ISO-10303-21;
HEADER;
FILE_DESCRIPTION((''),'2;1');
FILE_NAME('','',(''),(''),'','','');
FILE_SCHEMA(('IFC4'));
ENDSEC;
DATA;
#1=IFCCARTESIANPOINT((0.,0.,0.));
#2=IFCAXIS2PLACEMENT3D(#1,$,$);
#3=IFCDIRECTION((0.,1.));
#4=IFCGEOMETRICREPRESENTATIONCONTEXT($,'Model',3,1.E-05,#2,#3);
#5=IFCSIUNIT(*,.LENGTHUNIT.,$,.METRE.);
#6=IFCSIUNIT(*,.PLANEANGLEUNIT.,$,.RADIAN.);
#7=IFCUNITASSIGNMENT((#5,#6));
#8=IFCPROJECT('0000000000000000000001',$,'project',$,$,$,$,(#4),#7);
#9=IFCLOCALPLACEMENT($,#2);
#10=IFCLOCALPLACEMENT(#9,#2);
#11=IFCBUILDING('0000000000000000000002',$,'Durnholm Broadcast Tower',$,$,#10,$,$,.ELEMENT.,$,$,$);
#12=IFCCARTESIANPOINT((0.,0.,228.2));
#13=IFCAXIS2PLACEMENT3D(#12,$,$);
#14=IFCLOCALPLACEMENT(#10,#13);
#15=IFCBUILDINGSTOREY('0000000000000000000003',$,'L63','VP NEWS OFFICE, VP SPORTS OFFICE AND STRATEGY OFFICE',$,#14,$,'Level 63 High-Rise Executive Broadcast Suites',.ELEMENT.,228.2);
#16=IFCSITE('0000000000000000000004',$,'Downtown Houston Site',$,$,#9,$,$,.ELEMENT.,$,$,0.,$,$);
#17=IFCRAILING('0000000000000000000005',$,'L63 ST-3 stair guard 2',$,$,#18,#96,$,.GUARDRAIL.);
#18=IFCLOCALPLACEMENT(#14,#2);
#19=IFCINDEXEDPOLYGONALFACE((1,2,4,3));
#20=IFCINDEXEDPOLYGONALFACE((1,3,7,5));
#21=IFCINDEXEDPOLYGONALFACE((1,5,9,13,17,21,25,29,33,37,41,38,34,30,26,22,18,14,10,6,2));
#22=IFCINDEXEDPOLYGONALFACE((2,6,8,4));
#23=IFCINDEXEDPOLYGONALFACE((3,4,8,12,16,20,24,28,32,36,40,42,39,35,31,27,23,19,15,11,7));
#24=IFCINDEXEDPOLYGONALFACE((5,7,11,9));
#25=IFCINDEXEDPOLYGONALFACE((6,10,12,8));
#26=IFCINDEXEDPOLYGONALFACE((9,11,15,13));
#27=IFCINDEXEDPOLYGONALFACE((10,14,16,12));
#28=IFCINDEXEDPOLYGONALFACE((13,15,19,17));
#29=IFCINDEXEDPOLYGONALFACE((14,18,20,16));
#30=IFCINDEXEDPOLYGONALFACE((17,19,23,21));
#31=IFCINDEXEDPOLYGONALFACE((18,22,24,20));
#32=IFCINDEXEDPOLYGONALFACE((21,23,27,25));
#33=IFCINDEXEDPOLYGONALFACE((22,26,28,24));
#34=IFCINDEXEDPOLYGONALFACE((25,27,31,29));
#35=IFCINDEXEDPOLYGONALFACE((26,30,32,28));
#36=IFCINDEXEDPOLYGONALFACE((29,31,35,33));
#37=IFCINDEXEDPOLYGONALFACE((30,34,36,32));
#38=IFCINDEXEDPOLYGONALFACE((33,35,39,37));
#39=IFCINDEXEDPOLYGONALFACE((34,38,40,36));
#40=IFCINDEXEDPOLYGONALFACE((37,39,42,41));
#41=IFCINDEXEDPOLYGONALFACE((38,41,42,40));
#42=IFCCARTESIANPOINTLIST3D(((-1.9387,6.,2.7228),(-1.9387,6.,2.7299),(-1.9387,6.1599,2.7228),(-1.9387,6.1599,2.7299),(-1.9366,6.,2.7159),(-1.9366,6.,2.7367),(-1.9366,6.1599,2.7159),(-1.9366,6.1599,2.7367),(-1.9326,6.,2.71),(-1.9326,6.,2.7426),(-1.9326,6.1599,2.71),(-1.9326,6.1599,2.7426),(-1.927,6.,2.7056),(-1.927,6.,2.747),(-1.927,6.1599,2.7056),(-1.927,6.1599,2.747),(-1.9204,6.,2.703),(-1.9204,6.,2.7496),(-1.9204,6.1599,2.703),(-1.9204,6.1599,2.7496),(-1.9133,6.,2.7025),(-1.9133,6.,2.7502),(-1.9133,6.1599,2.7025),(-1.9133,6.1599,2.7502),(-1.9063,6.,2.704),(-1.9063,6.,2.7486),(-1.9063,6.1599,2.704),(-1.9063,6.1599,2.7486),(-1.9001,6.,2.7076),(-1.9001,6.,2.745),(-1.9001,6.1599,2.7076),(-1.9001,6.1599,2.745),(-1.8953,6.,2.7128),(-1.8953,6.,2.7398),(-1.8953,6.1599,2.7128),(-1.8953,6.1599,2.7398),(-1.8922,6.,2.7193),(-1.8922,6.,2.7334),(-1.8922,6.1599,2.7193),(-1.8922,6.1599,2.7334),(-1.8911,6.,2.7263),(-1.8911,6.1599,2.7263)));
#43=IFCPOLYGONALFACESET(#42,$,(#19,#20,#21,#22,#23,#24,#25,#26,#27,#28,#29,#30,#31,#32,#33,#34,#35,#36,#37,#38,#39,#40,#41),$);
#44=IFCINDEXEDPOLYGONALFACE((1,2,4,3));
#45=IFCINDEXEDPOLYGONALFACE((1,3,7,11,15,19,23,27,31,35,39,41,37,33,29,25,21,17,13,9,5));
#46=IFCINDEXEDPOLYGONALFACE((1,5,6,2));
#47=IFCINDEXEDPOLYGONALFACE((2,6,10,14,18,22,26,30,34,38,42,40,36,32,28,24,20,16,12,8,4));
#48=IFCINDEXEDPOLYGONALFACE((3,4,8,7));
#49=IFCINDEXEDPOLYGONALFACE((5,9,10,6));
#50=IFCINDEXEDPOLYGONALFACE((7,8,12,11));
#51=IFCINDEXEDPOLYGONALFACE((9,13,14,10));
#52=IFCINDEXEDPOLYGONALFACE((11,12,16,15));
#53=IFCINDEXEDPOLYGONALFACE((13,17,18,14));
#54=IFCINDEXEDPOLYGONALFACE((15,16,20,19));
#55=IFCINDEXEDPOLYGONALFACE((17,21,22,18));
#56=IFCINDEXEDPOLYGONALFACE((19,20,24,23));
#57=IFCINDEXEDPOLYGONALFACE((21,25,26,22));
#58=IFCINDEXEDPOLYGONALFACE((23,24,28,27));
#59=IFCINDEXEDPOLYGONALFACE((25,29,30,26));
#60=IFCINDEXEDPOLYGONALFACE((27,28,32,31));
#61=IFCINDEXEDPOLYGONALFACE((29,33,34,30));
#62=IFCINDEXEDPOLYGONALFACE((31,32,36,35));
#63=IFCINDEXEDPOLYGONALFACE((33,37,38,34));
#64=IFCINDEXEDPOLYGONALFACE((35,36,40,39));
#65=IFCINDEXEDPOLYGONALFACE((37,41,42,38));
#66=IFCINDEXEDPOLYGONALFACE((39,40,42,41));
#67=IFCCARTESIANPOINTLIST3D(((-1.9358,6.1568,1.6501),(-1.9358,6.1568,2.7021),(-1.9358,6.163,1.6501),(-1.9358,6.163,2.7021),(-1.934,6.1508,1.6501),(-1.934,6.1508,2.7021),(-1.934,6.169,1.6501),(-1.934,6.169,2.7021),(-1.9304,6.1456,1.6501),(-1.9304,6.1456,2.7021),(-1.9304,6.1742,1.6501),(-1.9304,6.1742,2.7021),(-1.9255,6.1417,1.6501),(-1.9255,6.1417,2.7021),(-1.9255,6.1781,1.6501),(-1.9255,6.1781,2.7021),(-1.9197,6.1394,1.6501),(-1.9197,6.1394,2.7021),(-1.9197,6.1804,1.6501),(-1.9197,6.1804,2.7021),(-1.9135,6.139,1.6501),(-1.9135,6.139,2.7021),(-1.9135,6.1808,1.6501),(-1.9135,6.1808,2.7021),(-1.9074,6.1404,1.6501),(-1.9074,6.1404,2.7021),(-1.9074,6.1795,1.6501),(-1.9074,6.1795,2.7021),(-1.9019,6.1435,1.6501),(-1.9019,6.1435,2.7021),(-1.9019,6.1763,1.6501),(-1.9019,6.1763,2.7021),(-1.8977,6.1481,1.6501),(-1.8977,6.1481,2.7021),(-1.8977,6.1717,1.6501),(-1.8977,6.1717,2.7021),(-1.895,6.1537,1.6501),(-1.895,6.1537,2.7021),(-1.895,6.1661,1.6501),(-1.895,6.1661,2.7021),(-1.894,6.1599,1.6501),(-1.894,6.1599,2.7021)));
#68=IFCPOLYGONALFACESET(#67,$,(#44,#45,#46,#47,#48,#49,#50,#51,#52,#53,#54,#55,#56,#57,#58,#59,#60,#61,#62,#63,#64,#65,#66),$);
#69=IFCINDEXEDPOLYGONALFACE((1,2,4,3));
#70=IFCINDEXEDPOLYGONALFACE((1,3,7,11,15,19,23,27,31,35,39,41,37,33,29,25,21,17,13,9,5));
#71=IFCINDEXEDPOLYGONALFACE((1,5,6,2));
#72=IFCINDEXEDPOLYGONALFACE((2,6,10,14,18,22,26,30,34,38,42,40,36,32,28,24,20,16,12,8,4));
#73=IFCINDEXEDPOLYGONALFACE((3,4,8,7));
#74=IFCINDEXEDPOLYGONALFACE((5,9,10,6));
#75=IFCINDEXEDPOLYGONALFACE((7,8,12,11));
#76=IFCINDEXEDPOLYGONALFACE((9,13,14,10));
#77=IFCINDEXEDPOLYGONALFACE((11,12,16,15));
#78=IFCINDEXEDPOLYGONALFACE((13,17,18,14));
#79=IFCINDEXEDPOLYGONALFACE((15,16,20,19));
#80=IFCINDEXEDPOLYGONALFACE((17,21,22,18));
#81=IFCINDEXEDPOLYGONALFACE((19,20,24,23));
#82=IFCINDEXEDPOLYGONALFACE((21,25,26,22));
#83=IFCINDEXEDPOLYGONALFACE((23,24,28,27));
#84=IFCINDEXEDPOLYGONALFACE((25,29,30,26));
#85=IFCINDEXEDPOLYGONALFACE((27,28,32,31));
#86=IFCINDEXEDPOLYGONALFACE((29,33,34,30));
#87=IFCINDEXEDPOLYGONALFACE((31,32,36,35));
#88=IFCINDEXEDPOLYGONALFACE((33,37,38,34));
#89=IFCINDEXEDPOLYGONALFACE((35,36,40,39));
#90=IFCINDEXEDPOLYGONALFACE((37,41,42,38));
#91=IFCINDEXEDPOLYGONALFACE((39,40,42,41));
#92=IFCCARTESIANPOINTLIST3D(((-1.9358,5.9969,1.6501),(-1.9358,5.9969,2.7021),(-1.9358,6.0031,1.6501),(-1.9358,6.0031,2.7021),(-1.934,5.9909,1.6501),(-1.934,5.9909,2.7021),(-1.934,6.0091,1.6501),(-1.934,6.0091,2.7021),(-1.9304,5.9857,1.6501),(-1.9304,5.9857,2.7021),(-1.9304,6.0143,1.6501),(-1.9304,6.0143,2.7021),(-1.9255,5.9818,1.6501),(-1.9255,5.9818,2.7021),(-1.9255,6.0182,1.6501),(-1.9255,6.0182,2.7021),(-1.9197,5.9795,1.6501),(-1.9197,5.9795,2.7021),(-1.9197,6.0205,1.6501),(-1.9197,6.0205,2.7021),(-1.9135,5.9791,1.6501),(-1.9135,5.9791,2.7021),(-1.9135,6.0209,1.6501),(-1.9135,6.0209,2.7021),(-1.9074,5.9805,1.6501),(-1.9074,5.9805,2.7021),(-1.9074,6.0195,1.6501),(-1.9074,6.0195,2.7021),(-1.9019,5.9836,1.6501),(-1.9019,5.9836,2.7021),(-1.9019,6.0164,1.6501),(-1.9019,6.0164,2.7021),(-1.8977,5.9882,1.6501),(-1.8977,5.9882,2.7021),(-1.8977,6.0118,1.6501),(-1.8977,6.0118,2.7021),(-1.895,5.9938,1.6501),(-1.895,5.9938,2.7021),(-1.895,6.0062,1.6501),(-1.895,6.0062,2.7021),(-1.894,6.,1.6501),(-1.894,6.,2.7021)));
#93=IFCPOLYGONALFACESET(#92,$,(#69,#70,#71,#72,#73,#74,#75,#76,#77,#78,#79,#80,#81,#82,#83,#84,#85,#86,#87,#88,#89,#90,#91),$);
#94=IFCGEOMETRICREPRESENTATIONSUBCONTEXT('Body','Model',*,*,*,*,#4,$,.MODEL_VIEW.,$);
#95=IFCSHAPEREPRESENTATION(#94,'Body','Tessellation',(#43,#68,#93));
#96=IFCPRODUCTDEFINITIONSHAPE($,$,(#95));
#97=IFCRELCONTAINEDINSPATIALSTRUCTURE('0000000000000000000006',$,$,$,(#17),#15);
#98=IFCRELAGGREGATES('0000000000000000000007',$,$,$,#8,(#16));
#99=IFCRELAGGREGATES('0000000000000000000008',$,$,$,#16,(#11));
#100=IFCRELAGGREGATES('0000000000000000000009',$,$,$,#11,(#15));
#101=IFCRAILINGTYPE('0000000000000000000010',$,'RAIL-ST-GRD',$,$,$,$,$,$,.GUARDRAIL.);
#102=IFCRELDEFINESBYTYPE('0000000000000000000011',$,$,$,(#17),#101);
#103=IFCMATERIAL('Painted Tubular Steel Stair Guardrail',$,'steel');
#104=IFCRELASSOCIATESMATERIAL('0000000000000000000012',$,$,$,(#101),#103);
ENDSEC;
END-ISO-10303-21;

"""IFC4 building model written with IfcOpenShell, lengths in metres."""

from ifc_helpers import new_model, si_unit, direction, frame, origin, origin_2d, place, context, subcontext, project, spatial, circle, extrude, material, type_object, element, save


model = new_model("IFC4")

# Units and contexts
model_context = context("Model", 3, precision=1e-05, world=origin(), true_north=direction((0.0, 1.0)))
body_context = subcontext(model_context, "Body", "Model", "MODEL_VIEW")
ifc_project = project(units=[si_unit("LENGTHUNIT", "METRE"), si_unit("PLANEANGLEUNIT", "RADIAN")], contexts=[model_context])

# Site, building, storey
site_placement = place(None, origin())
site = spatial("IfcSite", under=ifc_project, at=site_placement, Name="Downtown Houston Site", CompositionType="ELEMENT", RefElevation=0.0)
building_placement = place(site_placement, origin())
building = spatial("IfcBuilding", under=site, at=building_placement, Name="Durnholm Broadcast Tower", CompositionType="ELEMENT")
storey_placement = place(building_placement, frame((0.0, 0.0, 228.2)))
storey = spatial("IfcBuildingStorey", under=building, at=storey_placement, Name="L63", Description="VP NEWS OFFICE, VP SPORTS OFFICE AND STRATEGY OFFICE", LongName="Level 63 High-Rise Executive Broadcast Suites", CompositionType="ELEMENT", Elevation=228.2)

# Railing
ifc_material_1 = material(Name="Painted Tubular Steel Stair Guardrail", Category="steel")
railing_type_1 = type_object("IfcRailingType", Name="RAIL-ST-GRD", PredefinedType="GUARDRAIL", material=ifc_material_1)
railing_1_placement = place(storey_placement, frame((-1.915, 6.1599, 1.6501)))
element("IfcRailing", 1, at=railing_1_placement, inside=storey, type_object=railing_type_1, Name="L63 ST-3 stair guard 2", PredefinedType="GUARDRAIL", context=body_context, shape_type="SweptSolid", body=[
    extrude(circle(Radius=0.0239, at=origin_2d()), frame((0.0, 0.0, 1.0762), z_axis=(0.0, -1.0, 0.0), x_axis=(1.0, 0.0, 0.0)), (0.0, 0.0, 1.0), 0.1599),
    extrude(circle(Radius=0.021, at=origin_2d()), origin(), (0.0, 0.0, 1.0), 1.052),
    extrude(circle(Radius=0.021, at=origin_2d()), frame((0.0, -0.1599, 0.0)), (0.0, 0.0, 1.0), 1.052),
])

save(model, "model.ifc")
